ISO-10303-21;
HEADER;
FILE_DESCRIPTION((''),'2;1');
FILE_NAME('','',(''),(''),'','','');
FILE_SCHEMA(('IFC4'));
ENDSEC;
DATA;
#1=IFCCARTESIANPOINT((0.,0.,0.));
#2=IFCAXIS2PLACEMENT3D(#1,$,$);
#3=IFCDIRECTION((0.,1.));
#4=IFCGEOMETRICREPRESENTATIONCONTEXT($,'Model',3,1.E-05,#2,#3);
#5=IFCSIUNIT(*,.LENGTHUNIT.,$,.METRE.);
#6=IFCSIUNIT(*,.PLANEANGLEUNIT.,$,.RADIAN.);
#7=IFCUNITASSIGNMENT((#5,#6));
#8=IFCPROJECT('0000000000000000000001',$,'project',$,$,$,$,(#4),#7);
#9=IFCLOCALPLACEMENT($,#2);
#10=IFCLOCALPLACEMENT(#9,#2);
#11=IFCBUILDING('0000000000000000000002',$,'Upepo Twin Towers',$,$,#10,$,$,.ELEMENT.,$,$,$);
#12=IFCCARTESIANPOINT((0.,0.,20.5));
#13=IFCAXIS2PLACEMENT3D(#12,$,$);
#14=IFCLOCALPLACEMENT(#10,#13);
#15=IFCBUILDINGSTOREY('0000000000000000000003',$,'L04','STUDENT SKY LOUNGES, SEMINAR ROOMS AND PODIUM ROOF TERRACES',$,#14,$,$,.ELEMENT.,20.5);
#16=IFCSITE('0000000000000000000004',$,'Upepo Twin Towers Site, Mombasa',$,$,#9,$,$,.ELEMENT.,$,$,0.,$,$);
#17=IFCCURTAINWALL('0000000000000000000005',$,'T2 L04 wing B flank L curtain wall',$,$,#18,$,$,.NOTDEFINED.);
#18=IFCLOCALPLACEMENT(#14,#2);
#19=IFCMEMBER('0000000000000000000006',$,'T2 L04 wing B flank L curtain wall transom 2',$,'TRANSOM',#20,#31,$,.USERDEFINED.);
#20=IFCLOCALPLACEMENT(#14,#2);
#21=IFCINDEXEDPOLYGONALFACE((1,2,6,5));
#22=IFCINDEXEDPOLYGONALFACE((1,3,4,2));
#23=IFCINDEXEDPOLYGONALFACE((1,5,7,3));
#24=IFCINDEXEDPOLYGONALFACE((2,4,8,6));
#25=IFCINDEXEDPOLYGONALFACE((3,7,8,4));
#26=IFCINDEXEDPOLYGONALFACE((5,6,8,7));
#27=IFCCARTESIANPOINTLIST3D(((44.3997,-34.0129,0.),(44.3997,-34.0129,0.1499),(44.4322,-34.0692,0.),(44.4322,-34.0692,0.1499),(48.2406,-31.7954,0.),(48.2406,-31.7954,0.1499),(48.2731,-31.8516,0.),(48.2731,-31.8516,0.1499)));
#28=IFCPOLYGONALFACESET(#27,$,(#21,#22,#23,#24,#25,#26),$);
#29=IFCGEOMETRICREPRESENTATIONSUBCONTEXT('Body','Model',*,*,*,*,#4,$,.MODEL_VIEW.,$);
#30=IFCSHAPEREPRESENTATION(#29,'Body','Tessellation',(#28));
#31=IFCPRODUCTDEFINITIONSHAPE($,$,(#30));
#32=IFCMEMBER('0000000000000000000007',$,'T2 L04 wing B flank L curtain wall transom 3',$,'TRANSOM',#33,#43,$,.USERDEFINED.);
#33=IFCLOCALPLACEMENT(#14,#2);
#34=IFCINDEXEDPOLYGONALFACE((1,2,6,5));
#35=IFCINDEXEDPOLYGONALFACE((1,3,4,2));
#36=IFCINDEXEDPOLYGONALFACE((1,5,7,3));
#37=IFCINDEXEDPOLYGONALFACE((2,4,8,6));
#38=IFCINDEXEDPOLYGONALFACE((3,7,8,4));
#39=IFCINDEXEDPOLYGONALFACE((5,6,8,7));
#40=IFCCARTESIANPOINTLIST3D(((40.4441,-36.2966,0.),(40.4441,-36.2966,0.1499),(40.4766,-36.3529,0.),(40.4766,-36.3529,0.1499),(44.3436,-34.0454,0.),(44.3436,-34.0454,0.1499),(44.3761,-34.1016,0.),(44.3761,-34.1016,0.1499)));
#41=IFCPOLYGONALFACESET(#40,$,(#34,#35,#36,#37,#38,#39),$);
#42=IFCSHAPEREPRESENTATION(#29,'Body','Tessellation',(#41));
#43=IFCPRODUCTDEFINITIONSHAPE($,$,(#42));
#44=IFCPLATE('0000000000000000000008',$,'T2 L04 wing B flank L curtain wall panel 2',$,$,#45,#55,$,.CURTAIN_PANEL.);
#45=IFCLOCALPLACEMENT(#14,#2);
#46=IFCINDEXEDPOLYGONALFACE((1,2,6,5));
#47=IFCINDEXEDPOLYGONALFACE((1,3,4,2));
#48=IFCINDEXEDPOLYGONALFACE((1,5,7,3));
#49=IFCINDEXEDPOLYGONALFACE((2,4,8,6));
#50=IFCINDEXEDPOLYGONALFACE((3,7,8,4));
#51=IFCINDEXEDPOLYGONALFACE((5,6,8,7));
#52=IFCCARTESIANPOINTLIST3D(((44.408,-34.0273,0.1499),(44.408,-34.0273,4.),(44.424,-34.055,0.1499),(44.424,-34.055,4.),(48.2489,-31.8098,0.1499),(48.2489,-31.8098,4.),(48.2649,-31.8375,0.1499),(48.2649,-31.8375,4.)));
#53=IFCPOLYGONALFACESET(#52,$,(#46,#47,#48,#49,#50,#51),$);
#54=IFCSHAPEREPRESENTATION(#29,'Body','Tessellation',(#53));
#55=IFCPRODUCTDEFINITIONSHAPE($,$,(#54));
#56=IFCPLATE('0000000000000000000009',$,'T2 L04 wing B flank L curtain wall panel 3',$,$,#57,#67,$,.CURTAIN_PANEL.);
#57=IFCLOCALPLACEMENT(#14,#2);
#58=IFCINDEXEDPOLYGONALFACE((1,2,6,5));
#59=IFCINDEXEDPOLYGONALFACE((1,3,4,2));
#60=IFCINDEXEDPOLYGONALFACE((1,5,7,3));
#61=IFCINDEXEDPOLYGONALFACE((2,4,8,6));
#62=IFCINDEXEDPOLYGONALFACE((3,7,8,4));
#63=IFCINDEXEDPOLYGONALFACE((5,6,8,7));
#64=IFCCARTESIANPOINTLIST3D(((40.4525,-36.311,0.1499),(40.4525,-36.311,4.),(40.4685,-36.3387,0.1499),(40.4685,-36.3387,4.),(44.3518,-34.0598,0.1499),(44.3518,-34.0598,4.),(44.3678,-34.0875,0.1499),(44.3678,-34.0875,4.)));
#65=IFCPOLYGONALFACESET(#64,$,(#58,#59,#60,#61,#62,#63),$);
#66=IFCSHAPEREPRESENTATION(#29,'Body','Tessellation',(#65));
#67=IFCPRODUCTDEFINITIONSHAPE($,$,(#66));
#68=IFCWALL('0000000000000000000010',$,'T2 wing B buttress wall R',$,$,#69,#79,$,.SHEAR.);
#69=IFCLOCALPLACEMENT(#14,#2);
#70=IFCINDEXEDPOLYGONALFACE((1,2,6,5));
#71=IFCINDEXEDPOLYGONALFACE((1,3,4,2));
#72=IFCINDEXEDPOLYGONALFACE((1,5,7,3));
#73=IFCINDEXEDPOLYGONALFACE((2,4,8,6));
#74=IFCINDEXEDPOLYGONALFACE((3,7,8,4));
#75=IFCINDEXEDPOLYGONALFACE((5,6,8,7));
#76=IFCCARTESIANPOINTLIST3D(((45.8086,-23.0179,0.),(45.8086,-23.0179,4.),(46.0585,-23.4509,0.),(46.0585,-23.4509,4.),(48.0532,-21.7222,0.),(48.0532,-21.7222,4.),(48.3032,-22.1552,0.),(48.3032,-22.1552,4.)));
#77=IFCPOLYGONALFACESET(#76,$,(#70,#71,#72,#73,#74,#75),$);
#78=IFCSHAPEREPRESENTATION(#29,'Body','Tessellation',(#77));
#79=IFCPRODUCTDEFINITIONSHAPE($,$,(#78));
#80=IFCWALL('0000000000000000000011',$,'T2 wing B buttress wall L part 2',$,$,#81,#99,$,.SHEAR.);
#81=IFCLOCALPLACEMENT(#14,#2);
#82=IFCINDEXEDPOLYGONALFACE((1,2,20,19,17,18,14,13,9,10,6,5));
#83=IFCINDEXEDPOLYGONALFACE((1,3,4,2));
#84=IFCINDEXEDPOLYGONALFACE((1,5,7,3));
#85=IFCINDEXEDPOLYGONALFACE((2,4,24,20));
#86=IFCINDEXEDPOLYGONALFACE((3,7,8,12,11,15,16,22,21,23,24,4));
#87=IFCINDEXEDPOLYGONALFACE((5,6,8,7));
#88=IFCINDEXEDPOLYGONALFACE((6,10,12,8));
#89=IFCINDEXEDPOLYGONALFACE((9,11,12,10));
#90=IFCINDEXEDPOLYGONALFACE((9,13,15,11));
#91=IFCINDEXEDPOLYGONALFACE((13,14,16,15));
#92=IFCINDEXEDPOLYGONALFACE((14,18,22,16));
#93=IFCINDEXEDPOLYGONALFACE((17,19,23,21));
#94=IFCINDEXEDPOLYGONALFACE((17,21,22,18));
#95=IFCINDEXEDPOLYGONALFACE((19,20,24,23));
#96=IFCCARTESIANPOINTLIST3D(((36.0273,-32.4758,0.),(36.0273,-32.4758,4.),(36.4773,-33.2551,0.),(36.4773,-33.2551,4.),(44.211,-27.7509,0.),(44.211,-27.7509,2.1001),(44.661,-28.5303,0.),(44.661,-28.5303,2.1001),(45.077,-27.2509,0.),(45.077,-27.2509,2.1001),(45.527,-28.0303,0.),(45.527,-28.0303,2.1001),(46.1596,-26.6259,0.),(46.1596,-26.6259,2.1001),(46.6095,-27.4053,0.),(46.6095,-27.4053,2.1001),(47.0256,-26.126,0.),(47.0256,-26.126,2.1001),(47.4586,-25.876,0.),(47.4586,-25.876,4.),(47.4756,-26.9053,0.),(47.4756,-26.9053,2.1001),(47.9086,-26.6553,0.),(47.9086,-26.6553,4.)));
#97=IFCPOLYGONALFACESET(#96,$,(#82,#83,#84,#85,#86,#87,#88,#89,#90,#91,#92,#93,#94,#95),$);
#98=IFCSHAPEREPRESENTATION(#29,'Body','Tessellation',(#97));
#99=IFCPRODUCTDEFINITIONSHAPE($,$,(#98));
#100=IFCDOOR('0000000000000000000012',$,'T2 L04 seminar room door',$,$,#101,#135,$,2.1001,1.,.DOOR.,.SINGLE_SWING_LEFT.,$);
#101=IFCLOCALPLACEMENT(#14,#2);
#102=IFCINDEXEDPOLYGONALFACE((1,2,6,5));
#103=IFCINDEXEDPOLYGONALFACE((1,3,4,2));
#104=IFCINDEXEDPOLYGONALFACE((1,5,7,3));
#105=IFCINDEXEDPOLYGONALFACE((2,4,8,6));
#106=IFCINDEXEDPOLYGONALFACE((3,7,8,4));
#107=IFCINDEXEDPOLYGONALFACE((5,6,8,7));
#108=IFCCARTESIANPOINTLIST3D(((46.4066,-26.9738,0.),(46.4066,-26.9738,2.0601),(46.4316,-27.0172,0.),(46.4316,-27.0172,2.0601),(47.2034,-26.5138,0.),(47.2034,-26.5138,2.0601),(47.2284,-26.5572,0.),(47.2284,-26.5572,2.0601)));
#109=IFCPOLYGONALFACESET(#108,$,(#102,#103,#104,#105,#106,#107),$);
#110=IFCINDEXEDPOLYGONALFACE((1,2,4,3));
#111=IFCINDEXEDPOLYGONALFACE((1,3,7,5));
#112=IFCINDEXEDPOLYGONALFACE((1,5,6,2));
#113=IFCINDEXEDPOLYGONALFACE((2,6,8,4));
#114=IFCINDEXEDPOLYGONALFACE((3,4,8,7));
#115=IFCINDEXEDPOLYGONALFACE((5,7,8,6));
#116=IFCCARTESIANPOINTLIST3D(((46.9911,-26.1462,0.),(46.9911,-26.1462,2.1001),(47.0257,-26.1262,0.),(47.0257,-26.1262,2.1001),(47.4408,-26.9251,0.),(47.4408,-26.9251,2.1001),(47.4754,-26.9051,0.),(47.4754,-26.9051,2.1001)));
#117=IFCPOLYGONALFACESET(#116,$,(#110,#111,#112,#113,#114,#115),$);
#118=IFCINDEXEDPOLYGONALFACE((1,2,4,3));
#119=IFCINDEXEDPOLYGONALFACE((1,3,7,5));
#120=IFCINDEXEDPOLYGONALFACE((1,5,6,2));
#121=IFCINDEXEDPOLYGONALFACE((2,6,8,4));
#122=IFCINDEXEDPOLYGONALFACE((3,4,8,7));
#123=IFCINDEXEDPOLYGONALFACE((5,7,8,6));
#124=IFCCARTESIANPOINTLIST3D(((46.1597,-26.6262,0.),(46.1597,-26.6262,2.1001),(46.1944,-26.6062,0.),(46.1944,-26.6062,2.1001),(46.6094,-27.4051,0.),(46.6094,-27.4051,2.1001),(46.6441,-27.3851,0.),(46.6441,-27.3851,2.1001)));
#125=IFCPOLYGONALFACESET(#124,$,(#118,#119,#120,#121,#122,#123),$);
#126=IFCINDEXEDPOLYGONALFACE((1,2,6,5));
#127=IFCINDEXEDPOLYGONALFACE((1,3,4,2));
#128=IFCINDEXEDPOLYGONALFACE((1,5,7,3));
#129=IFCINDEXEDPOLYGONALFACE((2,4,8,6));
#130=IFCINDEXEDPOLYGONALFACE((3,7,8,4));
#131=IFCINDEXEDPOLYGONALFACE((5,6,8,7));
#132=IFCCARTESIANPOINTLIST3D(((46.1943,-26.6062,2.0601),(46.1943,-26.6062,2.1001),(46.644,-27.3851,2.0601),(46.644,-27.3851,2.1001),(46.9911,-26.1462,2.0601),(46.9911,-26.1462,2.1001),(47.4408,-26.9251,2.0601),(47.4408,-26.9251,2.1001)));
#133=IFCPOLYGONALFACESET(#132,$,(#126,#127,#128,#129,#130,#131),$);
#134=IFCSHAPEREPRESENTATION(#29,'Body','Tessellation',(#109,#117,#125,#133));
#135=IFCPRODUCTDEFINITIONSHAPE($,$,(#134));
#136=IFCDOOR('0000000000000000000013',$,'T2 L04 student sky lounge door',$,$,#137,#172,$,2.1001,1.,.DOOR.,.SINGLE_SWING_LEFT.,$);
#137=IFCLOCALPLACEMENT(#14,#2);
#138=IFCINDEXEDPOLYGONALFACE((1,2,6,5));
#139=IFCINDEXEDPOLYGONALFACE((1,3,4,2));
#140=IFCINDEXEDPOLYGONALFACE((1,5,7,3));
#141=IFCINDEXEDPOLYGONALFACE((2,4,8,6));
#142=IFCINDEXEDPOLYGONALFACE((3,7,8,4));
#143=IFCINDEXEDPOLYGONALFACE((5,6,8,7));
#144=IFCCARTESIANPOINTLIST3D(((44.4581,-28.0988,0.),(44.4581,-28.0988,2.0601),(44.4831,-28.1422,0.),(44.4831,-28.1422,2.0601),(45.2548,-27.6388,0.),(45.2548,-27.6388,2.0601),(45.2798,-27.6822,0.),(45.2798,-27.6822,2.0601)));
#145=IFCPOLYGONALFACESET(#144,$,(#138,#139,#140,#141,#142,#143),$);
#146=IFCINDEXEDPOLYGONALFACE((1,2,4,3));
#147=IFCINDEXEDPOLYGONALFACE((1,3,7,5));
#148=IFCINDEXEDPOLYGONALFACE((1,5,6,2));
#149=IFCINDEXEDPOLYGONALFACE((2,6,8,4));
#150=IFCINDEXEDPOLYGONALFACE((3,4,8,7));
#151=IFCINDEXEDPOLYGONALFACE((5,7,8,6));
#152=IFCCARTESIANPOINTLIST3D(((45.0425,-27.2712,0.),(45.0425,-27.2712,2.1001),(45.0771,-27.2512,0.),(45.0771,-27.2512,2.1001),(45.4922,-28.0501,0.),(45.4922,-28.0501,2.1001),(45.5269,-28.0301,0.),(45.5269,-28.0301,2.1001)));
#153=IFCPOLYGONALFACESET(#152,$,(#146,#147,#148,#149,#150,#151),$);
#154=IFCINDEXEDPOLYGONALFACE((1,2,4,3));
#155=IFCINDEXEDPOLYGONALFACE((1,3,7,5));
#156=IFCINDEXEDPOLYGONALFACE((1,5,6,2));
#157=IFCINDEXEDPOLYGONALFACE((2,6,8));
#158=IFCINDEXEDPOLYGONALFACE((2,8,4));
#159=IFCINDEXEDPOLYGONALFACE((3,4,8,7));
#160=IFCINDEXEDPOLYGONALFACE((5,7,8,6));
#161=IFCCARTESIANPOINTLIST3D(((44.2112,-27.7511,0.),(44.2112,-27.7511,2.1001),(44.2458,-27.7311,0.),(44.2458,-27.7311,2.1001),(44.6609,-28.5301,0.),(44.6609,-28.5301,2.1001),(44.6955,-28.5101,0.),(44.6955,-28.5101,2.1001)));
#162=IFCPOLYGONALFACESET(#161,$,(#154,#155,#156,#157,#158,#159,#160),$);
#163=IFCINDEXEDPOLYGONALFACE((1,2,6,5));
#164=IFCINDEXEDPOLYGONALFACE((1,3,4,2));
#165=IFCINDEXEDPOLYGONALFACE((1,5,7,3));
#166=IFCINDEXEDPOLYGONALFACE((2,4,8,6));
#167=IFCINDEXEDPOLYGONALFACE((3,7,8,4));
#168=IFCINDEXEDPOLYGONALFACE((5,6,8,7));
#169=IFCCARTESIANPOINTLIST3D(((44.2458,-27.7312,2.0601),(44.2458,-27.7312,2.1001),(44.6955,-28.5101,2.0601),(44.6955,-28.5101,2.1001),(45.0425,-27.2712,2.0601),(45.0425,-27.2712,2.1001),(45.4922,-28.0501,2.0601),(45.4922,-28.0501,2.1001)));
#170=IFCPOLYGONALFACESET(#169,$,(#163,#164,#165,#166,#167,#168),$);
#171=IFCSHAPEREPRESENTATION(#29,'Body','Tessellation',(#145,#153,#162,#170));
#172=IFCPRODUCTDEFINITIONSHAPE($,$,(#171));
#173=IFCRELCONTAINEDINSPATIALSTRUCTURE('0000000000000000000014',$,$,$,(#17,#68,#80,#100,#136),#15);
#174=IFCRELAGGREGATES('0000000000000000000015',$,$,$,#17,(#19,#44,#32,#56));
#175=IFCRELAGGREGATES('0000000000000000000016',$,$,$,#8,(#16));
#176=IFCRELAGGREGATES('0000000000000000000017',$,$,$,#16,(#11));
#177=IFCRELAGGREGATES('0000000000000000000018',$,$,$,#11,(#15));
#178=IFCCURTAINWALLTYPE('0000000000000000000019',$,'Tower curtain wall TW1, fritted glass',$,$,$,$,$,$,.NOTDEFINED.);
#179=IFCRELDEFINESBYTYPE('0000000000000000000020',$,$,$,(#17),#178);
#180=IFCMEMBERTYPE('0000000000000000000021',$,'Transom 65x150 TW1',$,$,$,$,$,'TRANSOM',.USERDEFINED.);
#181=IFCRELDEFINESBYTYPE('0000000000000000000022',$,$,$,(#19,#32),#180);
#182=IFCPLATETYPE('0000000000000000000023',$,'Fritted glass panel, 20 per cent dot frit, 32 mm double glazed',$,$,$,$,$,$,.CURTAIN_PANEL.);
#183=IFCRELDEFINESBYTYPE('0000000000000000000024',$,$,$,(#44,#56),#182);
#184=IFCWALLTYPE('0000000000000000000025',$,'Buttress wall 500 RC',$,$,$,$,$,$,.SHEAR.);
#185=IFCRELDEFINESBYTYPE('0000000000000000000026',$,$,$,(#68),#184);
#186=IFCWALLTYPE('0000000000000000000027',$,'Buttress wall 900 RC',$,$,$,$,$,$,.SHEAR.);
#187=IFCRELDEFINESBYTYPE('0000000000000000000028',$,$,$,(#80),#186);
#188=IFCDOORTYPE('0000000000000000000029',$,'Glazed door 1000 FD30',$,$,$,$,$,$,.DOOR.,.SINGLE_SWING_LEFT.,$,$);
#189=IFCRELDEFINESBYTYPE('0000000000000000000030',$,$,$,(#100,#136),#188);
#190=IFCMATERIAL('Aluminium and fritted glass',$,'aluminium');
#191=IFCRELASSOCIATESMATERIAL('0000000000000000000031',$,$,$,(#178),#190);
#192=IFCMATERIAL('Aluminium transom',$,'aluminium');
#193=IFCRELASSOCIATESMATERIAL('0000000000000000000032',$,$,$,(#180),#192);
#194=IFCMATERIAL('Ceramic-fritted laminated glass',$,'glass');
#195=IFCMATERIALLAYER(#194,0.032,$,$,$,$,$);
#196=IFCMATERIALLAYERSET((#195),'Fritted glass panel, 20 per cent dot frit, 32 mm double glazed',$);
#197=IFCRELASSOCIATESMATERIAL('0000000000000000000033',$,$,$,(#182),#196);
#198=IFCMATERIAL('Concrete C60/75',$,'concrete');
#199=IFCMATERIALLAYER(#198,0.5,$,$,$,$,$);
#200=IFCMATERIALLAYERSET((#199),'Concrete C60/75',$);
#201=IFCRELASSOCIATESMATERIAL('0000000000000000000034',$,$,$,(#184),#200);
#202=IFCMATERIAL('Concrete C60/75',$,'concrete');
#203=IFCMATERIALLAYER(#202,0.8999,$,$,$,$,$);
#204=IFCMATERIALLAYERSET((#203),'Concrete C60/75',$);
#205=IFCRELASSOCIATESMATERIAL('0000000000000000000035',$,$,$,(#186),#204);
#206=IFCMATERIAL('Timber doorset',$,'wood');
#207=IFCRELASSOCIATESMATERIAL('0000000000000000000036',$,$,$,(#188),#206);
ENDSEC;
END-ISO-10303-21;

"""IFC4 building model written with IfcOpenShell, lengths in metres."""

from ifc_helpers import new_model, si_unit, direction, frame, frame_2d, origin, origin_2d, place, context, subcontext, project, spatial, rectangle, extrude, material, layer, layer_set, material_profile, profile_set, type_object, element, fill, aggregate, save


model = new_model("IFC4")

# Units and contexts
model_context = context("Model", 3, precision=1e-05, world=origin(), true_north=direction((0.0, 1.0)))
body_context = subcontext(model_context, "Body", "Model", "MODEL_VIEW")
ifc_project = project(units=[si_unit("LENGTHUNIT", "METRE"), si_unit("PLANEANGLEUNIT", "RADIAN")], contexts=[model_context])

# Site, building, storey
site_placement = place(None, origin())
site = spatial("IfcSite", under=ifc_project, at=site_placement, Name="Upepo Twin Towers Site, Mombasa", CompositionType="ELEMENT", RefElevation=0.0)
building_placement = place(site_placement, origin())
building = spatial("IfcBuilding", under=site, at=building_placement, Name="Upepo Twin Towers", CompositionType="ELEMENT")
storey_placement = place(building_placement, frame((0.0, 0.0, 20.5)))
storey = spatial("IfcBuildingStorey", under=building, at=storey_placement, Name="L04", Description="STUDENT SKY LOUNGES, SEMINAR ROOMS AND PODIUM ROOF TERRACES", CompositionType="ELEMENT", Elevation=20.5)

# Curtain wall, members, plates
ifc_material_1 = material(Name="Aluminium and fritted glass", Category="aluminium")
curtain_wall_type = type_object("IfcCurtainWallType", Name="Tower curtain wall TW1, fritted glass", PredefinedType="NOTDEFINED", material=ifc_material_1)
curtain_wall_placement = place(storey_placement, origin())
curtain_wall = element("IfcCurtainWall", 1, at=curtain_wall_placement, inside=storey, type_object=curtain_wall_type, Name="T2 L04 wing B flank L curtain wall", PredefinedType="NOTDEFINED")
ifc_material_2 = material(Name="Aluminium transom", Category="aluminium")
ifc_material_profile_1 = material_profile(ifc_material_2, rectangle(XDim=0.0649, YDim=0.1499, at=origin_2d()), Name="TRANSOM 65x150")
ifc_profile_set_1 = profile_set([ifc_material_profile_1], Name="Aluminium transom")
member_type_1 = type_object("IfcMemberType", Name="Transom 65x150 TW1", ElementType="TRANSOM", PredefinedType="USERDEFINED", material=ifc_profile_set_1)
member_1_placement = place(storey_placement, frame((48.2568, -31.8235, 0.075), z_axis=(-0.866022, -0.500005, 0.0), x_axis=(0.500005, -0.866022, 0.0)))
member_1 = element("IfcMember", 2, at=member_1_placement, type_object=member_type_1, Name="T2 L04 wing B flank L curtain wall transom 2", ObjectType="TRANSOM", PredefinedType="USERDEFINED", context=body_context, shape_type="SweptSolid", body=[
    extrude(rectangle(XDim=0.0649, YDim=0.1499, at=origin_2d()), origin(), (0.0, 0.0, 1.0), 4.4351),
])
member_2_placement = place(storey_placement, frame((44.3599, -34.0735, 0.075), z_axis=(-0.866036, -0.499982, 0.0), x_axis=(0.499982, -0.866036, 0.0)))
member_2 = element("IfcMember", 3, at=member_2_placement, type_object=member_type_1, Name="T2 L04 wing B flank L curtain wall transom 3", ObjectType="TRANSOM", PredefinedType="USERDEFINED", context=body_context, shape_type="SweptSolid", body=[
    extrude(rectangle(XDim=0.0649, YDim=0.1499, at=origin_2d()), origin(), (0.0, 0.0, 1.0), 4.5027),
])
ifc_material_3 = material(Name="Ceramic-fritted laminated glass", Category="glass")
ifc_layer_1 = layer(ifc_material_3, 0.032)
ifc_layer_set_1 = layer_set([ifc_layer_1], Name="Fritted glass panel, 20 per cent dot frit, 32 mm double glazed")
plate_type = type_object("IfcPlateType", Name="Fritted glass panel, 20 per cent dot frit, 32 mm double glazed", PredefinedType="CURTAIN_PANEL", material=ifc_layer_set_1)
plate_1_placement = place(storey_placement, frame((46.3364, -32.9324, 0.1499), z_axis=(0.0, 0.0, 1.0), x_axis=(-0.866025, -0.5, 0.0)))
plate_1 = element("IfcPlate", 4, at=plate_1_placement, type_object=plate_type, Name="T2 L04 wing B flank L curtain wall panel 2", PredefinedType="CURTAIN_PANEL", context=body_context, shape_type="SweptSolid", body=[
    extrude(rectangle(XDim=4.4351, YDim=0.032, at=origin_2d()), origin(), (0.0, 0.0, 1.0), 3.8501),
])
plate_2_placement = place(storey_placement, frame((42.4102, -35.1992, 0.1499), z_axis=(0.0, 0.0, 1.0), x_axis=(-0.866025, -0.5, 0.0)))
plate_2 = element("IfcPlate", 5, at=plate_2_placement, type_object=plate_type, Name="T2 L04 wing B flank L curtain wall panel 3", PredefinedType="CURTAIN_PANEL", context=body_context, shape_type="SweptSolid", body=[
    extrude(rectangle(XDim=4.5024, YDim=0.032, at=origin_2d()), origin(), (0.0, 0.0, 1.0), 3.8501),
])
aggregate(curtain_wall, [member_1, plate_1, member_2, plate_2])

# Wall
ifc_material_4 = material(Name="Concrete C60/75", Category="concrete")
ifc_layer_2 = layer(ifc_material_4, 0.5)
ifc_layer_set_2 = layer_set([ifc_layer_2], Name="Concrete C60/75")
wall_type_1 = type_object("IfcWallType", Name="Buttress wall 500 RC", PredefinedType="SHEAR", material=ifc_layer_set_2)
wall_1_placement = place(storey_placement, frame((48.1782, -21.9387, 0.0), z_axis=(0.0, 0.0, 1.0), x_axis=(-0.866073, -0.499918, 0.0)))
element("IfcWall", 6, at=wall_1_placement, inside=storey, type_object=wall_type_1, Name="T2 wing B buttress wall R", PredefinedType="SHEAR", context=body_context, shape_type="SweptSolid", body=[
    extrude(rectangle(XDim=2.5918, YDim=0.5, at=frame_2d((1.2959, 0.0))), origin(), (0.0, 0.0, 1.0), 4.0),
])

# Wall, openings, doors
ifc_material_5 = material(Name="Concrete C60/75", Category="concrete")
ifc_layer_3 = layer(ifc_material_5, 0.8999)
ifc_layer_set_3 = layer_set([ifc_layer_3], Name="Concrete C60/75")
wall_type_2 = type_object("IfcWallType", Name="Buttress wall 900 RC", PredefinedType="SHEAR", material=ifc_layer_set_3)
wall_2_placement = place(storey_placement, frame((47.6836, -26.2656, 0.0), z_axis=(0.0, 0.0, 1.0), x_axis=(-0.866028, -0.499996, 0.0)))
wall_2 = element("IfcWall", 7, at=wall_2_placement, inside=storey, type_object=wall_type_2, Name="T2 wing B buttress wall L part 2", PredefinedType="SHEAR", context=body_context, shape_type="SweptSolid", body=[
    extrude(rectangle(XDim=13.1997, YDim=0.8999, at=frame_2d((6.5999, 0.0))), origin(), (0.0, 0.0, 1.0), 4.0),
])
opening_1_placement = place(wall_2_placement, frame((0.5, 0.0, 0.0)))
opening_1 = element("IfcOpeningElement", 8, at=opening_1_placement, cuts=wall_2, PredefinedType="OPENING", context=body_context, shape_type="SweptSolid", body=[
    extrude(rectangle(XDim=1.0, YDim=2.1001, at=frame_2d((0.5, 1.05))), frame((0.0, 0.46, 0.0), z_axis=(0.0, -1.0, 0.0), x_axis=(1.0, 0.0, 0.0)), (0.0, 0.0, 1.0), 0.9199),
])
opening_2_placement = place(wall_2_placement, frame((2.75, 0.0, 0.0)))
opening_2 = element("IfcOpeningElement", 9, at=opening_2_placement, cuts=wall_2, PredefinedType="OPENING", context=body_context, shape_type="SweptSolid", body=[
    extrude(rectangle(XDim=1.0, YDim=2.1001, at=frame_2d((0.5, 1.05))), frame((0.0, 0.46, 0.0), z_axis=(0.0, -1.0, 0.0), x_axis=(1.0, 0.0, 0.0)), (0.0, 0.0, 1.0), 0.9199),
])
ifc_material_6 = material(Name="Timber doorset", Category="wood")
door_type_1 = type_object("IfcDoorType", Name="Glazed door 1000 FD30", OperationType="SINGLE_SWING_LEFT", PredefinedType="DOOR", material=ifc_material_6)
door_1_placement = place(opening_1_placement, origin())
door_1 = element("IfcDoor", 10, at=door_1_placement, inside=storey, type_object=door_type_1, Name="T2 L04 seminar room door", OperationType="SINGLE_SWING_LEFT", OverallHeight=2.1001, OverallWidth=1.0, PredefinedType="DOOR", context=body_context, shape_type="SweptSolid", body=[
    extrude(rectangle(XDim=0.92, YDim=2.0601, at=frame_2d((0.5, 1.03))), frame((0.0, 0.0249, 0.0), z_axis=(0.0, -1.0, 0.0), x_axis=(1.0, 0.0, 0.0)), (0.0, 0.0, 1.0), 0.05),
    extrude(rectangle(XDim=0.04, YDim=2.1001, at=frame_2d((0.02, 1.05))), frame((0.0, 0.4497, 0.0), z_axis=(0.0, -1.0, 0.0), x_axis=(1.0, 0.0, 0.0)), (0.0, 0.0, 1.0), 0.8994),
    extrude(rectangle(XDim=0.04, YDim=2.1001, at=frame_2d((0.98, 1.05))), frame((0.0, 0.4497, 0.0), z_axis=(0.0, -1.0, 0.0), x_axis=(1.0, 0.0, 0.0)), (0.0, 0.0, 1.0), 0.8994),
    extrude(rectangle(XDim=0.92, YDim=0.04, at=frame_2d((0.5, 2.0801))), frame((0.0, 0.4497, 0.0), z_axis=(0.0, -1.0, 0.0), x_axis=(1.0, 0.0, 0.0)), (0.0, 0.0, 1.0), 0.8994),
])
fill(opening_1, door_1)
door_2_placement = place(opening_2_placement, origin())
door_2 = element("IfcDoor", 11, at=door_2_placement, inside=storey, type_object=door_type_1, Name="T2 L04 student sky lounge door", OperationType="SINGLE_SWING_LEFT", OverallHeight=2.1001, OverallWidth=1.0, PredefinedType="DOOR", context=body_context, shape_type="SweptSolid", body=[
    extrude(rectangle(XDim=0.92, YDim=2.0601, at=frame_2d((0.5, 1.03))), frame((0.0, 0.0249, 0.0), z_axis=(0.0, -1.0, 0.0), x_axis=(1.0, 0.0, 0.0)), (0.0, 0.0, 1.0), 0.05),
    extrude(rectangle(XDim=0.04, YDim=2.1001, at=frame_2d((0.02, 1.05))), frame((0.0, 0.4497, 0.0), z_axis=(0.0, -1.0, 0.0), x_axis=(1.0, 0.0, 0.0)), (0.0, 0.0, 1.0), 0.8994),
    extrude(rectangle(XDim=0.04, YDim=2.1001, at=frame_2d((0.98, 1.05))), frame((0.0, 0.4497, 0.0), z_axis=(0.0, -1.0, 0.0), x_axis=(1.0, 0.0, 0.0)), (0.0, 0.0, 1.0), 0.8994),
    extrude(rectangle(XDim=0.92, YDim=0.04, at=frame_2d((0.5, 2.0801))), frame((0.0, 0.4497, 0.0), z_axis=(0.0, -1.0, 0.0), x_axis=(1.0, 0.0, 0.0)), (0.0, 0.0, 1.0), 0.8994),
])
fill(opening_2, door_2)

save(model, "model.ifc")
